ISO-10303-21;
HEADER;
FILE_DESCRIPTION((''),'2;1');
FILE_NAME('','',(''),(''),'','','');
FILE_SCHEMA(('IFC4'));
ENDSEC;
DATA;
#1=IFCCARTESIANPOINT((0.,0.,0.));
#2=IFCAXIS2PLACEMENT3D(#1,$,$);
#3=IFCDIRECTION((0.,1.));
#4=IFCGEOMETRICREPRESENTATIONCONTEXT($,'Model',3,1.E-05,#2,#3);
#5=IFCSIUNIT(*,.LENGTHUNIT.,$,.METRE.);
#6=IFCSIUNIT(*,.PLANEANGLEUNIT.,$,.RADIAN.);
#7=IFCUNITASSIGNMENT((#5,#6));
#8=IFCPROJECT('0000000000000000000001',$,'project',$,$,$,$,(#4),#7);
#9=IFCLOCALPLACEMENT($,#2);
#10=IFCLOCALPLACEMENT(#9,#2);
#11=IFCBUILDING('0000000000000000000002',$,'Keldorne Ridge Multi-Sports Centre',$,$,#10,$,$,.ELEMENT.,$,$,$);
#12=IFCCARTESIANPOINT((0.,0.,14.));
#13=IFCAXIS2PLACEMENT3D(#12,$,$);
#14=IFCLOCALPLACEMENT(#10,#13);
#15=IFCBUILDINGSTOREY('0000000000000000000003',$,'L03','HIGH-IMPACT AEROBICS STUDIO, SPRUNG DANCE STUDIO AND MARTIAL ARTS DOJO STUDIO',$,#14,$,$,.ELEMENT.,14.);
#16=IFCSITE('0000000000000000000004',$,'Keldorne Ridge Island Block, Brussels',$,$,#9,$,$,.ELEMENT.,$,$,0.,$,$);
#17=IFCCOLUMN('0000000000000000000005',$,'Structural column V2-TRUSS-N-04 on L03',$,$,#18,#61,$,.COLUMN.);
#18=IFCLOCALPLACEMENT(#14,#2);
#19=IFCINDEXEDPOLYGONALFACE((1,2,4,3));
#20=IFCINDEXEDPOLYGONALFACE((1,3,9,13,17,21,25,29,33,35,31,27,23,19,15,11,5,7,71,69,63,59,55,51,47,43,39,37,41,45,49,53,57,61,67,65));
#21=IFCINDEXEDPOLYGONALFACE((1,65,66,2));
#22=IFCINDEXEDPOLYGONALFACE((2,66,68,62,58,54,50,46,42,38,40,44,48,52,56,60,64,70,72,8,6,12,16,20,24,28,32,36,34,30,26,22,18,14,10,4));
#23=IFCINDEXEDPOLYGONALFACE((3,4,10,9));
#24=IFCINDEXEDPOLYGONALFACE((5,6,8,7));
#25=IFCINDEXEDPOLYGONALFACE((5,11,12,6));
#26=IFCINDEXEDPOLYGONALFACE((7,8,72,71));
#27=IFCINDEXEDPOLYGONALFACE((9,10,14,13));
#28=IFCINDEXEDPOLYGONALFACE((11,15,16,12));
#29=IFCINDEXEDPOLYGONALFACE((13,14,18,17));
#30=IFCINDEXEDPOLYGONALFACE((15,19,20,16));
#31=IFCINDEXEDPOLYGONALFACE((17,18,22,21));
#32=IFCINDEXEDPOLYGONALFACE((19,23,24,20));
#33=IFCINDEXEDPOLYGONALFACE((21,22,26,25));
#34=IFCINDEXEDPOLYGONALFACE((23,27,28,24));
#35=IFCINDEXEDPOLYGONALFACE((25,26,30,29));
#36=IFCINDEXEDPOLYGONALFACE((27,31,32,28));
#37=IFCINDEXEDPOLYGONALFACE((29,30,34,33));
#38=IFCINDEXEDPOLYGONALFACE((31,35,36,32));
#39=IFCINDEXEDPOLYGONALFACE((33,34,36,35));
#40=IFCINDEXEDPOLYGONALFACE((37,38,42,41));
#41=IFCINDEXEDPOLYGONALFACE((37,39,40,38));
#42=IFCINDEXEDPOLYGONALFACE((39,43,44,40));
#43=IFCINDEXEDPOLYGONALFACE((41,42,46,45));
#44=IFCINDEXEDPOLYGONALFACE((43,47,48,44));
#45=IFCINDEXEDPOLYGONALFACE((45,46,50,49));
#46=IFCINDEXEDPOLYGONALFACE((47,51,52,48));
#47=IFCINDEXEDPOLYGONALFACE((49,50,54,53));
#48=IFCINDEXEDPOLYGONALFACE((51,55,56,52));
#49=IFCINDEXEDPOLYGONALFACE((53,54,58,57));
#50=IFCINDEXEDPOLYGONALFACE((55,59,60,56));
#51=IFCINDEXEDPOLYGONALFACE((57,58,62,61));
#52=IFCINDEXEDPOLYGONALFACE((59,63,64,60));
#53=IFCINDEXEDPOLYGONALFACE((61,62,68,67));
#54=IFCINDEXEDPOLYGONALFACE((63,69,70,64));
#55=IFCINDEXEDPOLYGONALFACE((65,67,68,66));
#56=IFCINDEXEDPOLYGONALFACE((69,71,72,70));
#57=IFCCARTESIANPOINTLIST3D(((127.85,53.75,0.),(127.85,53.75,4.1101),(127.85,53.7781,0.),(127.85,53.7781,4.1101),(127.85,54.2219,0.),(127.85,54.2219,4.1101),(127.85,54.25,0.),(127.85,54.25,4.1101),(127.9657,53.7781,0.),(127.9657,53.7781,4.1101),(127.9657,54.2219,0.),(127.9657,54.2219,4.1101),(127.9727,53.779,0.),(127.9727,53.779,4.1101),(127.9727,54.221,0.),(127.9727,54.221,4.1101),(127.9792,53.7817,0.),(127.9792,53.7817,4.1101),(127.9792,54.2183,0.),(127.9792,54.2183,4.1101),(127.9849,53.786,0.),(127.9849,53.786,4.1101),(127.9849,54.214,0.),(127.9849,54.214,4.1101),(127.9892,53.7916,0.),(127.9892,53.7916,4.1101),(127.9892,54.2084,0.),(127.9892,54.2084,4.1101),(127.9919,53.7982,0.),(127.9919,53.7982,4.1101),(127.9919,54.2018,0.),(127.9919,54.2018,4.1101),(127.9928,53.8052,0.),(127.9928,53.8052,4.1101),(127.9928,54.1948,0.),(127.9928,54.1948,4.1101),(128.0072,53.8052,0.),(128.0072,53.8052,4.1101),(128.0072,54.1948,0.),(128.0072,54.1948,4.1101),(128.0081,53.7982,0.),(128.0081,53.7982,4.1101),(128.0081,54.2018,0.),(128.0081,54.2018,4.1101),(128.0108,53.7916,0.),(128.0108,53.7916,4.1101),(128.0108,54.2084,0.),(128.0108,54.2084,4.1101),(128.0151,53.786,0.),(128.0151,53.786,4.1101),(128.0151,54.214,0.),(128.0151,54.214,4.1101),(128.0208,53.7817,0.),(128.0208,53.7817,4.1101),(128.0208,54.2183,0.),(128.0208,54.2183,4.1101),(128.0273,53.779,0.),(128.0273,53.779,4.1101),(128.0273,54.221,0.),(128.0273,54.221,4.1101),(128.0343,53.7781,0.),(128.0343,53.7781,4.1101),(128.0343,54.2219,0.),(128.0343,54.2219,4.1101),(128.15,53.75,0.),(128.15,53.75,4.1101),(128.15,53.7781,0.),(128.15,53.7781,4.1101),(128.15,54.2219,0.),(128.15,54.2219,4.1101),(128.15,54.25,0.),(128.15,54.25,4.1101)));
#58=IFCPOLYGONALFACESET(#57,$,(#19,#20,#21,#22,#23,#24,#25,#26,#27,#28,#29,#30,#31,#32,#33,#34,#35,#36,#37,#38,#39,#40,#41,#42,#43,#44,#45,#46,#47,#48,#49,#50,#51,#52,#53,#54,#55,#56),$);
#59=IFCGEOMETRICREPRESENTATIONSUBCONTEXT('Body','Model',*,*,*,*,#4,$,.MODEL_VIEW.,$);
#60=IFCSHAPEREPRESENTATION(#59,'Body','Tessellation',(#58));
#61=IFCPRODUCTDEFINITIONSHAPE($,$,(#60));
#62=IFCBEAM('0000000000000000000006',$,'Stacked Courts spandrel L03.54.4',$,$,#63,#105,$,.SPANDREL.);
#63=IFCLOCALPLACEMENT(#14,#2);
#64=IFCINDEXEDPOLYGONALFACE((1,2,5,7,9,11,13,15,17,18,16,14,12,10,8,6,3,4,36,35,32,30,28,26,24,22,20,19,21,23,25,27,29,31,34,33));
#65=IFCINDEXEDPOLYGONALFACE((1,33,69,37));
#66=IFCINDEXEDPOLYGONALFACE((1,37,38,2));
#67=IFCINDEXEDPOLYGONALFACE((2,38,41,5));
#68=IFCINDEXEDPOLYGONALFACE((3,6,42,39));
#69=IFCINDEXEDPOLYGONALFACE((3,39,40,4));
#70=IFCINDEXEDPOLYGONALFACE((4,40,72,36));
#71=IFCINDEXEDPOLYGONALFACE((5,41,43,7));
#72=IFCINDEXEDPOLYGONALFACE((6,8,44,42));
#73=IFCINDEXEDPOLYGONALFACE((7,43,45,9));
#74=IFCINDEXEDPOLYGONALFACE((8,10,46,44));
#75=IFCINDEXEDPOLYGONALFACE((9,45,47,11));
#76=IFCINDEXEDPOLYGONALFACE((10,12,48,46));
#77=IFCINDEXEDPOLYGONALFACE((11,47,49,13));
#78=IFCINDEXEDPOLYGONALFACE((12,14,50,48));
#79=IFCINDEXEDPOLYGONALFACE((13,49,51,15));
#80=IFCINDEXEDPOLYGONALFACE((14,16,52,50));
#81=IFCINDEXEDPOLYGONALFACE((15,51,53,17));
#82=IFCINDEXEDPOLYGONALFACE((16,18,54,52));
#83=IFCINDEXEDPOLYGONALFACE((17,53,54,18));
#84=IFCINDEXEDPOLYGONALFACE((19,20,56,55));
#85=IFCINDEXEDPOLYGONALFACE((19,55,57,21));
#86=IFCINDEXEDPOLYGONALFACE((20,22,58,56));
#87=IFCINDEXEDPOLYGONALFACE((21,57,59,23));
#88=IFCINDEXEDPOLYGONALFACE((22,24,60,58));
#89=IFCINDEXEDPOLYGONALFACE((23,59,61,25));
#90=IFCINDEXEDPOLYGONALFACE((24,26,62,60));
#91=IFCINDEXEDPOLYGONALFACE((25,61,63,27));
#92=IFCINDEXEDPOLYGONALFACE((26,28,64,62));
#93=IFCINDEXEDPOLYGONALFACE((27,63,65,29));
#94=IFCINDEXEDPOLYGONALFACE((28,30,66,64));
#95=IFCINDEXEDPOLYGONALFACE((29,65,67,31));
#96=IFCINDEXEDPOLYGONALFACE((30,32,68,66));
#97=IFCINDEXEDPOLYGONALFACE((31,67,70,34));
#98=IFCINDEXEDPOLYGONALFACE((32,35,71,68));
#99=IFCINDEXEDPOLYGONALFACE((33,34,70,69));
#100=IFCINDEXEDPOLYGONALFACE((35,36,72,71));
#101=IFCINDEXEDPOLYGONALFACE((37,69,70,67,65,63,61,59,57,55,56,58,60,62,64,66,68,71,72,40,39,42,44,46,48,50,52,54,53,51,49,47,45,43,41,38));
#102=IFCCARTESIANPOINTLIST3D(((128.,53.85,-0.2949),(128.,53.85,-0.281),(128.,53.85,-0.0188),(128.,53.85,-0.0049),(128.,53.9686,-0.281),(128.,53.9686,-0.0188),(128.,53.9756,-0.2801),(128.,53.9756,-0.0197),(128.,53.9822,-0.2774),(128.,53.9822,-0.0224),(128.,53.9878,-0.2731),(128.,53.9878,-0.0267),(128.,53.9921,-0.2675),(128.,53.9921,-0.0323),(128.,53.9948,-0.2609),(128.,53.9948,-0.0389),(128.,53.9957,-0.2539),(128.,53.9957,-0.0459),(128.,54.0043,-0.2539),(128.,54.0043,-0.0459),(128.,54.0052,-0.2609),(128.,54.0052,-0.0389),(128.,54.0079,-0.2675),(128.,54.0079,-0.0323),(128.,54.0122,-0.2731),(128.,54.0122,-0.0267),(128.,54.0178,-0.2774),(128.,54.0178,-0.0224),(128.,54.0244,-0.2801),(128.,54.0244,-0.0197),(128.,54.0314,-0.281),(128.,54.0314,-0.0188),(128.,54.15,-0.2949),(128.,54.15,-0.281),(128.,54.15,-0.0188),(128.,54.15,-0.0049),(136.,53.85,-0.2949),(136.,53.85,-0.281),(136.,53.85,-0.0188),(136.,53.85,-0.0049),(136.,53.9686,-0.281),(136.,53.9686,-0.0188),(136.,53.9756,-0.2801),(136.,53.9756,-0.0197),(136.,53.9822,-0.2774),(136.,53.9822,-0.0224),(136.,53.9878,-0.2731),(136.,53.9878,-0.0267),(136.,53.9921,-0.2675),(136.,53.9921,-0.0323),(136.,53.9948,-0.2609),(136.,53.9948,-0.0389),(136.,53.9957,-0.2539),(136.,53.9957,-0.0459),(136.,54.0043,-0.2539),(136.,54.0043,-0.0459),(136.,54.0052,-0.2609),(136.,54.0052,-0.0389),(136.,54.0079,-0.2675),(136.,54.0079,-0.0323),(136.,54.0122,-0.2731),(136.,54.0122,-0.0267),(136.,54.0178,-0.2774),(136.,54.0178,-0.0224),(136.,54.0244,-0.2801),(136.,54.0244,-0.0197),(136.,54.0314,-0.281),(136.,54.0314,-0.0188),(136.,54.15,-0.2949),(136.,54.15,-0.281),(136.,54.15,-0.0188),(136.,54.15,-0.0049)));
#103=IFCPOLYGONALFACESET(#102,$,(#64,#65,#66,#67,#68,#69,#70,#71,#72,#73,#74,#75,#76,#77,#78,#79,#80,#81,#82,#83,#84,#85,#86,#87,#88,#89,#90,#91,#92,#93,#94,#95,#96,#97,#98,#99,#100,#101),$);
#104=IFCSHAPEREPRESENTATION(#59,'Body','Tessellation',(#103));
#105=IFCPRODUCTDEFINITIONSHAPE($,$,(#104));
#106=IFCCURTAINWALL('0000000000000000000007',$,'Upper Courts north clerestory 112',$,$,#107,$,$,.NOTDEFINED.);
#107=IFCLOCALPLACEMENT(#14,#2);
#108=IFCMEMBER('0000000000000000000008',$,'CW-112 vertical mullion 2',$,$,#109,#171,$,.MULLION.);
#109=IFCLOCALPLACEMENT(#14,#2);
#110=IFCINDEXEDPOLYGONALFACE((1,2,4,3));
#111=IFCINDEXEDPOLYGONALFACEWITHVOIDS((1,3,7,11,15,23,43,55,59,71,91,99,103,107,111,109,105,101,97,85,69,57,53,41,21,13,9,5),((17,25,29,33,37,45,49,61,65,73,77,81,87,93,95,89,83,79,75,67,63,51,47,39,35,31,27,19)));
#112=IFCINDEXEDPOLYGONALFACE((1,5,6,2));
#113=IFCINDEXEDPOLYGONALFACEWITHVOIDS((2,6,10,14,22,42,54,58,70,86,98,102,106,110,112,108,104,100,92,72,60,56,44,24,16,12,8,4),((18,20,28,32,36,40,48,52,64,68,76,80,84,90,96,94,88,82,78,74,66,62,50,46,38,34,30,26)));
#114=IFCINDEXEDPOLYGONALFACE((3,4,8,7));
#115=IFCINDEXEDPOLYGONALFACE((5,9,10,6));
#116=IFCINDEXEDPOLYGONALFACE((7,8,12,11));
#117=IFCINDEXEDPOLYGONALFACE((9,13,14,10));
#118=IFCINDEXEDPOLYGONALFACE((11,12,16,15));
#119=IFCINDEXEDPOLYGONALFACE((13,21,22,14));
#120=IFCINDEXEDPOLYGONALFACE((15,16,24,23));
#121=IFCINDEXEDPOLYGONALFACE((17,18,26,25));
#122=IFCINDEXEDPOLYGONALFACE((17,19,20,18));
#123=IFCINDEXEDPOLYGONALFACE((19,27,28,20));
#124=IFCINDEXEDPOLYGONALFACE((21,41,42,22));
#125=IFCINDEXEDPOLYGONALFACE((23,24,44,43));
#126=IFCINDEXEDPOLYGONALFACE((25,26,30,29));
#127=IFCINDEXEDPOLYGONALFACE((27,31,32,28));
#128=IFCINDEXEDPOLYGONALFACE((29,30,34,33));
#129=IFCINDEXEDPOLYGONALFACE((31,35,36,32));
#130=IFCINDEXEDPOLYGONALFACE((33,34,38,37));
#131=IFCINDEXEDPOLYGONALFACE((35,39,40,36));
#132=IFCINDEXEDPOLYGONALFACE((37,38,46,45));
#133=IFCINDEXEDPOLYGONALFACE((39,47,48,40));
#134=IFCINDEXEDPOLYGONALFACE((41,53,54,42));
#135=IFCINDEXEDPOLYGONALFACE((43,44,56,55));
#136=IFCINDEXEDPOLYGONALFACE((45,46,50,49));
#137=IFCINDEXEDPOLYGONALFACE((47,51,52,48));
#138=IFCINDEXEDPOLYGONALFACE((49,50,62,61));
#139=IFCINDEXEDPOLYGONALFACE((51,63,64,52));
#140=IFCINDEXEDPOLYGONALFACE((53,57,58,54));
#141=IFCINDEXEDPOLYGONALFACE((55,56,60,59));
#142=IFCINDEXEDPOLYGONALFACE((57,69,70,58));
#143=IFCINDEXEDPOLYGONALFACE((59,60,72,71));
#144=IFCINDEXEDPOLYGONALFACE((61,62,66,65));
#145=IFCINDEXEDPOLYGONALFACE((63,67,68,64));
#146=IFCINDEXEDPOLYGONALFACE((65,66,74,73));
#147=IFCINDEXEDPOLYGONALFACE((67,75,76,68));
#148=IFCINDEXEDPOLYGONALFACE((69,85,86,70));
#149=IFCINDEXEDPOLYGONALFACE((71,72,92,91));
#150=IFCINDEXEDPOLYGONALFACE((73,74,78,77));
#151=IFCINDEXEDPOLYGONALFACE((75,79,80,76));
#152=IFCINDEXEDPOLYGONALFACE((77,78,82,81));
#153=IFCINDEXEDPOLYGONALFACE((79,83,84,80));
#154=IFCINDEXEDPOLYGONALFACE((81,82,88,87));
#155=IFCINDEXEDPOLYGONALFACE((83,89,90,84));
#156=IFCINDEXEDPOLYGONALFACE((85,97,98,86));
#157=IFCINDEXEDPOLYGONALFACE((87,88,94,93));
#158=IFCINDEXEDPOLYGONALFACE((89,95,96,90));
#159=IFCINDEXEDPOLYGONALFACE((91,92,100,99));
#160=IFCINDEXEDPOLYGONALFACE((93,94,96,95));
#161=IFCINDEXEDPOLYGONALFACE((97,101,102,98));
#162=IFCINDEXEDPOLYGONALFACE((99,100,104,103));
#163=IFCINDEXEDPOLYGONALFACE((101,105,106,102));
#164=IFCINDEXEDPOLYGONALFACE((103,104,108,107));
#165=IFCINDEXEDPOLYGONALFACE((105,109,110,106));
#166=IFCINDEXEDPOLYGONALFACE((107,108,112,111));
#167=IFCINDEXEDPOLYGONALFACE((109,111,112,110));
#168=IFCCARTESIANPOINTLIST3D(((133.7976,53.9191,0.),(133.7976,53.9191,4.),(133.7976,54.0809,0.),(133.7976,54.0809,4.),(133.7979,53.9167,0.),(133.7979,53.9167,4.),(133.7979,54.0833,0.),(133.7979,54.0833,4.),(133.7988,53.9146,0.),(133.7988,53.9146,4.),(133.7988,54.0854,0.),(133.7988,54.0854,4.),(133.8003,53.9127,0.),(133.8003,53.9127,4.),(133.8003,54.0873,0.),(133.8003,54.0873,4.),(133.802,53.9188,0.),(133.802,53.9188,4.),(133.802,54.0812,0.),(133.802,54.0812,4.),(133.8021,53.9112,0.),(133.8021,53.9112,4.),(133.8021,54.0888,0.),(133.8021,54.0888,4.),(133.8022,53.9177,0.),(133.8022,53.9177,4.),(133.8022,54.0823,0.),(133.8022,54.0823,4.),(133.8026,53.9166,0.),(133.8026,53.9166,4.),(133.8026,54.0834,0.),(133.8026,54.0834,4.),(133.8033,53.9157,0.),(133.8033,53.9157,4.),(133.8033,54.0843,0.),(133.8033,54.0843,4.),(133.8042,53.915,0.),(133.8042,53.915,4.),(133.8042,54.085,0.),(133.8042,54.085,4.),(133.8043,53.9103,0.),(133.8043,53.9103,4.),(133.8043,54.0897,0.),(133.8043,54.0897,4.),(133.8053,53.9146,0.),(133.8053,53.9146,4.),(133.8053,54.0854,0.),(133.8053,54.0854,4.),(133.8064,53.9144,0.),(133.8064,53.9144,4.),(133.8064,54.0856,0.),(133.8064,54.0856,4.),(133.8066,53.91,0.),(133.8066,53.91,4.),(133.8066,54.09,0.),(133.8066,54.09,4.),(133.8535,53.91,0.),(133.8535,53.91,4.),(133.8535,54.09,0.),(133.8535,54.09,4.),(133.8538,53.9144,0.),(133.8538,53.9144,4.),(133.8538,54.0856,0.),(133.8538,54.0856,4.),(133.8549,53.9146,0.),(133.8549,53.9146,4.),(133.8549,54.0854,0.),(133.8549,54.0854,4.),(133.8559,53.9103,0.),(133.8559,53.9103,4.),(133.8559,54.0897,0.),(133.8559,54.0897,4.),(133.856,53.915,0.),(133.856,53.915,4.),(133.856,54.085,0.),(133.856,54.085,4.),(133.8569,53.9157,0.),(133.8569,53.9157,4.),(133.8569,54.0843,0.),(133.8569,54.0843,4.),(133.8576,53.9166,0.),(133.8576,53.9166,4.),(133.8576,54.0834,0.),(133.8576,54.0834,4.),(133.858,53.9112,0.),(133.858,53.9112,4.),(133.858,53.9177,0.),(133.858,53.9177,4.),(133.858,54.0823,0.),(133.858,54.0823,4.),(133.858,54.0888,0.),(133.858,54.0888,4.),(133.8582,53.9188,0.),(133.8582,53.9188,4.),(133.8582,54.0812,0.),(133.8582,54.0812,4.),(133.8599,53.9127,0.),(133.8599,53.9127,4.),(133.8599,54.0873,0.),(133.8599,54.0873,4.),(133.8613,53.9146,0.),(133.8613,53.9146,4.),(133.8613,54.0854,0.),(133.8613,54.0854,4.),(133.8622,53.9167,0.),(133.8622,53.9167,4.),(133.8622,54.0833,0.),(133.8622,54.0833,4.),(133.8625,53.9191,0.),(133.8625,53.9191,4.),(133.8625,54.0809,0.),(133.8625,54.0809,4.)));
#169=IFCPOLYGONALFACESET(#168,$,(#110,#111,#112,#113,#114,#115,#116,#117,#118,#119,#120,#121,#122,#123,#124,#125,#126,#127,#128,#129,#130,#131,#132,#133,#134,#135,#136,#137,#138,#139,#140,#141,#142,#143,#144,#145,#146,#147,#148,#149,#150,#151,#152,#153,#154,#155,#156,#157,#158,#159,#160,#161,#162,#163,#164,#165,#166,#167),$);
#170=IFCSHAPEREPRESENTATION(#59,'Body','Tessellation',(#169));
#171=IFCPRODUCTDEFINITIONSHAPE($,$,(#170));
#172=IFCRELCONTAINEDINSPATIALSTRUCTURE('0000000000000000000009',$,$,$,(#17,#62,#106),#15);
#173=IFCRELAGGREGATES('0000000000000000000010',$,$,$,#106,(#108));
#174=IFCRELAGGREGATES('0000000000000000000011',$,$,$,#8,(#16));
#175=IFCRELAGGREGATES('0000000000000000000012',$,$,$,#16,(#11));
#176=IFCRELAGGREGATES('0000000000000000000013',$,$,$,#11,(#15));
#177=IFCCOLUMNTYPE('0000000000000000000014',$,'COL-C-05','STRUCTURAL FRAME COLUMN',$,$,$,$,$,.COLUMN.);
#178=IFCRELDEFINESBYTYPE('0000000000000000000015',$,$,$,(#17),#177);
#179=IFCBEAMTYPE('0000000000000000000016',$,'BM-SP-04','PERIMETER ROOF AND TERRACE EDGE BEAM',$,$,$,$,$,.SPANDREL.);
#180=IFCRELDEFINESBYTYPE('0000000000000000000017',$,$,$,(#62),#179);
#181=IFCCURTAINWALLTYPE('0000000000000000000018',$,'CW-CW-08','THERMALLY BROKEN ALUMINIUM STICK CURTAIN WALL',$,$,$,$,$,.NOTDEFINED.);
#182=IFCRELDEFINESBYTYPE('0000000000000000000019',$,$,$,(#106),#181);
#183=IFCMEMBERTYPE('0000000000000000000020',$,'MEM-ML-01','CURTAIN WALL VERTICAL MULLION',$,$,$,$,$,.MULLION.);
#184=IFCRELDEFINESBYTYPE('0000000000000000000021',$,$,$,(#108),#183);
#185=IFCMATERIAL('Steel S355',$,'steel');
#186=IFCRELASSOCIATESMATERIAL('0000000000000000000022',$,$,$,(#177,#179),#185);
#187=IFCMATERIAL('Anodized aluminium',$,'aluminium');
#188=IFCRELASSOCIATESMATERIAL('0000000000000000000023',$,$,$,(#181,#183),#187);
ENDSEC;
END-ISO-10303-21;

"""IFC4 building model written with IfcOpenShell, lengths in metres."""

from ifc_helpers import new_model, si_unit, direction, frame, origin, origin_2d, place, context, subcontext, project, spatial, hollow_rectangle, i_section, extrude, material, material_profile, profile_set, type_object, element, aggregate, save


model = new_model("IFC4")

# Units and contexts
model_context = context("Model", 3, precision=1e-05, world=origin(), true_north=direction((0.0, 1.0)))
body_context = subcontext(model_context, "Body", "Model", "MODEL_VIEW")
ifc_project = project(units=[si_unit("LENGTHUNIT", "METRE"), si_unit("PLANEANGLEUNIT", "RADIAN")], contexts=[model_context])

# Site, building, storey
site_placement = place(None, origin())
site = spatial("IfcSite", under=ifc_project, at=site_placement, Name="Keldorne Ridge Island Block, Brussels", CompositionType="ELEMENT", RefElevation=0.0)
building_placement = place(site_placement, origin())
building = spatial("IfcBuilding", under=site, at=building_placement, Name="Keldorne Ridge Multi-Sports Centre", CompositionType="ELEMENT")
storey_placement = place(building_placement, frame((0.0, 0.0, 14.0)))
storey = spatial("IfcBuildingStorey", under=building, at=storey_placement, Name="L03", Description="HIGH-IMPACT AEROBICS STUDIO, SPRUNG DANCE STUDIO AND MARTIAL ARTS DOJO STUDIO", CompositionType="ELEMENT", Elevation=14.0)

# Column
ifc_material_1 = material(Name="Steel S355", Category="steel")
ifc_material_profile_1 = material_profile(ifc_material_1, i_section(OverallWidth=0.3, OverallDepth=0.5, WebThickness=0.0144, FlangeThickness=0.0281, FilletRadius=0.0271, at=origin_2d()), Name="HEB 500")
ifc_profile_set_1 = profile_set([ifc_material_profile_1], Name="Steel S355")
column_type = type_object("IfcColumnType", Name="COL-C-05", Description="STRUCTURAL FRAME COLUMN", PredefinedType="COLUMN", material=ifc_profile_set_1)
column_placement = place(storey_placement, frame((128.0, 54.0, 0.0), z_axis=(0.0, 0.0, 1.0), x_axis=(1.0, 0.0, 0.0)))
element("IfcColumn", 1, at=column_placement, inside=storey, type_object=column_type, Name="Structural column V2-TRUSS-N-04 on L03", PredefinedType="COLUMN", context=body_context, shape_type="SweptSolid", body=[
    extrude(i_section(OverallWidth=0.3, OverallDepth=0.5, WebThickness=0.0144, FlangeThickness=0.0281, FilletRadius=0.0271, at=origin_2d()), origin(), (0.0, 0.0, 1.0), 4.1101),
])

# Beam
ifc_material_profile_2 = material_profile(ifc_material_1, i_section(OverallWidth=0.3, OverallDepth=0.29, WebThickness=0.0085, FlangeThickness=0.0139, FilletRadius=0.0271, at=origin_2d()), Name="HEA 300")
ifc_profile_set_2 = profile_set([ifc_material_profile_2], Name="Steel S355")
beam_type = type_object("IfcBeamType", Name="BM-SP-04", Description="PERIMETER ROOF AND TERRACE EDGE BEAM", PredefinedType="SPANDREL", material=ifc_profile_set_2)
beam_placement = place(storey_placement, frame((128.0, 54.0, -0.1499), z_axis=(1.0, 0.0, 0.0), x_axis=(0.0, 1.0, 0.0)))
element("IfcBeam", 2, at=beam_placement, inside=storey, type_object=beam_type, Name="Stacked Courts spandrel L03.54.4", PredefinedType="SPANDREL", context=body_context, shape_type="SweptSolid", body=[
    extrude(i_section(OverallWidth=0.3, OverallDepth=0.29, WebThickness=0.0085, FlangeThickness=0.0139, FilletRadius=0.0271, at=origin_2d()), origin(), (0.0, 0.0, 1.0), 8.0),
])

# Curtain wall, member
ifc_material_2 = material(Name="Anodized aluminium", Category="aluminium")
curtain_wall_type_1 = type_object("IfcCurtainWallType", Name="CW-CW-08", Description="THERMALLY BROKEN ALUMINIUM STICK CURTAIN WALL", PredefinedType="NOTDEFINED", material=ifc_material_2)
curtain_wall_1_placement = place(storey_placement, origin())
curtain_wall_1 = element("IfcCurtainWall", 3, at=curtain_wall_1_placement, inside=storey, type_object=curtain_wall_type_1, Name="Upper Courts north clerestory 112", PredefinedType="NOTDEFINED")
ifc_material_profile_3 = material_profile(ifc_material_2, hollow_rectangle(XDim=0.0649, YDim=0.1799, WallThickness=0.0044, InnerFilletRadius=0.0044, OuterFilletRadius=0.009, at=origin_2d()), Name="ALU MULLION 180x65x4.5")
ifc_profile_set_3 = profile_set([ifc_material_profile_3], Name="Anodized aluminium")
member_type_1 = type_object("IfcMemberType", Name="MEM-ML-01", Description="CURTAIN WALL VERTICAL MULLION", PredefinedType="MULLION", material=ifc_profile_set_3)
member_1_placement = place(storey_placement, frame((133.8301, 54.0, 0.0), z_axis=(0.0, 0.0, 1.0), x_axis=(1.0, 0.0, 0.0)))
member_1 = element("IfcMember", 4, at=member_1_placement, type_object=member_type_1, Name="CW-112 vertical mullion 2", PredefinedType="MULLION", context=body_context, shape_type="SweptSolid", body=[
    extrude(hollow_rectangle(XDim=0.0649, YDim=0.1799, WallThickness=0.0044, InnerFilletRadius=0.0044, OuterFilletRadius=0.009, at=origin_2d()), origin(), (0.0, 0.0, 1.0), 4.0),
])

aggregate(curtain_wall_1, [member_1])

save(model, "model.ifc")
